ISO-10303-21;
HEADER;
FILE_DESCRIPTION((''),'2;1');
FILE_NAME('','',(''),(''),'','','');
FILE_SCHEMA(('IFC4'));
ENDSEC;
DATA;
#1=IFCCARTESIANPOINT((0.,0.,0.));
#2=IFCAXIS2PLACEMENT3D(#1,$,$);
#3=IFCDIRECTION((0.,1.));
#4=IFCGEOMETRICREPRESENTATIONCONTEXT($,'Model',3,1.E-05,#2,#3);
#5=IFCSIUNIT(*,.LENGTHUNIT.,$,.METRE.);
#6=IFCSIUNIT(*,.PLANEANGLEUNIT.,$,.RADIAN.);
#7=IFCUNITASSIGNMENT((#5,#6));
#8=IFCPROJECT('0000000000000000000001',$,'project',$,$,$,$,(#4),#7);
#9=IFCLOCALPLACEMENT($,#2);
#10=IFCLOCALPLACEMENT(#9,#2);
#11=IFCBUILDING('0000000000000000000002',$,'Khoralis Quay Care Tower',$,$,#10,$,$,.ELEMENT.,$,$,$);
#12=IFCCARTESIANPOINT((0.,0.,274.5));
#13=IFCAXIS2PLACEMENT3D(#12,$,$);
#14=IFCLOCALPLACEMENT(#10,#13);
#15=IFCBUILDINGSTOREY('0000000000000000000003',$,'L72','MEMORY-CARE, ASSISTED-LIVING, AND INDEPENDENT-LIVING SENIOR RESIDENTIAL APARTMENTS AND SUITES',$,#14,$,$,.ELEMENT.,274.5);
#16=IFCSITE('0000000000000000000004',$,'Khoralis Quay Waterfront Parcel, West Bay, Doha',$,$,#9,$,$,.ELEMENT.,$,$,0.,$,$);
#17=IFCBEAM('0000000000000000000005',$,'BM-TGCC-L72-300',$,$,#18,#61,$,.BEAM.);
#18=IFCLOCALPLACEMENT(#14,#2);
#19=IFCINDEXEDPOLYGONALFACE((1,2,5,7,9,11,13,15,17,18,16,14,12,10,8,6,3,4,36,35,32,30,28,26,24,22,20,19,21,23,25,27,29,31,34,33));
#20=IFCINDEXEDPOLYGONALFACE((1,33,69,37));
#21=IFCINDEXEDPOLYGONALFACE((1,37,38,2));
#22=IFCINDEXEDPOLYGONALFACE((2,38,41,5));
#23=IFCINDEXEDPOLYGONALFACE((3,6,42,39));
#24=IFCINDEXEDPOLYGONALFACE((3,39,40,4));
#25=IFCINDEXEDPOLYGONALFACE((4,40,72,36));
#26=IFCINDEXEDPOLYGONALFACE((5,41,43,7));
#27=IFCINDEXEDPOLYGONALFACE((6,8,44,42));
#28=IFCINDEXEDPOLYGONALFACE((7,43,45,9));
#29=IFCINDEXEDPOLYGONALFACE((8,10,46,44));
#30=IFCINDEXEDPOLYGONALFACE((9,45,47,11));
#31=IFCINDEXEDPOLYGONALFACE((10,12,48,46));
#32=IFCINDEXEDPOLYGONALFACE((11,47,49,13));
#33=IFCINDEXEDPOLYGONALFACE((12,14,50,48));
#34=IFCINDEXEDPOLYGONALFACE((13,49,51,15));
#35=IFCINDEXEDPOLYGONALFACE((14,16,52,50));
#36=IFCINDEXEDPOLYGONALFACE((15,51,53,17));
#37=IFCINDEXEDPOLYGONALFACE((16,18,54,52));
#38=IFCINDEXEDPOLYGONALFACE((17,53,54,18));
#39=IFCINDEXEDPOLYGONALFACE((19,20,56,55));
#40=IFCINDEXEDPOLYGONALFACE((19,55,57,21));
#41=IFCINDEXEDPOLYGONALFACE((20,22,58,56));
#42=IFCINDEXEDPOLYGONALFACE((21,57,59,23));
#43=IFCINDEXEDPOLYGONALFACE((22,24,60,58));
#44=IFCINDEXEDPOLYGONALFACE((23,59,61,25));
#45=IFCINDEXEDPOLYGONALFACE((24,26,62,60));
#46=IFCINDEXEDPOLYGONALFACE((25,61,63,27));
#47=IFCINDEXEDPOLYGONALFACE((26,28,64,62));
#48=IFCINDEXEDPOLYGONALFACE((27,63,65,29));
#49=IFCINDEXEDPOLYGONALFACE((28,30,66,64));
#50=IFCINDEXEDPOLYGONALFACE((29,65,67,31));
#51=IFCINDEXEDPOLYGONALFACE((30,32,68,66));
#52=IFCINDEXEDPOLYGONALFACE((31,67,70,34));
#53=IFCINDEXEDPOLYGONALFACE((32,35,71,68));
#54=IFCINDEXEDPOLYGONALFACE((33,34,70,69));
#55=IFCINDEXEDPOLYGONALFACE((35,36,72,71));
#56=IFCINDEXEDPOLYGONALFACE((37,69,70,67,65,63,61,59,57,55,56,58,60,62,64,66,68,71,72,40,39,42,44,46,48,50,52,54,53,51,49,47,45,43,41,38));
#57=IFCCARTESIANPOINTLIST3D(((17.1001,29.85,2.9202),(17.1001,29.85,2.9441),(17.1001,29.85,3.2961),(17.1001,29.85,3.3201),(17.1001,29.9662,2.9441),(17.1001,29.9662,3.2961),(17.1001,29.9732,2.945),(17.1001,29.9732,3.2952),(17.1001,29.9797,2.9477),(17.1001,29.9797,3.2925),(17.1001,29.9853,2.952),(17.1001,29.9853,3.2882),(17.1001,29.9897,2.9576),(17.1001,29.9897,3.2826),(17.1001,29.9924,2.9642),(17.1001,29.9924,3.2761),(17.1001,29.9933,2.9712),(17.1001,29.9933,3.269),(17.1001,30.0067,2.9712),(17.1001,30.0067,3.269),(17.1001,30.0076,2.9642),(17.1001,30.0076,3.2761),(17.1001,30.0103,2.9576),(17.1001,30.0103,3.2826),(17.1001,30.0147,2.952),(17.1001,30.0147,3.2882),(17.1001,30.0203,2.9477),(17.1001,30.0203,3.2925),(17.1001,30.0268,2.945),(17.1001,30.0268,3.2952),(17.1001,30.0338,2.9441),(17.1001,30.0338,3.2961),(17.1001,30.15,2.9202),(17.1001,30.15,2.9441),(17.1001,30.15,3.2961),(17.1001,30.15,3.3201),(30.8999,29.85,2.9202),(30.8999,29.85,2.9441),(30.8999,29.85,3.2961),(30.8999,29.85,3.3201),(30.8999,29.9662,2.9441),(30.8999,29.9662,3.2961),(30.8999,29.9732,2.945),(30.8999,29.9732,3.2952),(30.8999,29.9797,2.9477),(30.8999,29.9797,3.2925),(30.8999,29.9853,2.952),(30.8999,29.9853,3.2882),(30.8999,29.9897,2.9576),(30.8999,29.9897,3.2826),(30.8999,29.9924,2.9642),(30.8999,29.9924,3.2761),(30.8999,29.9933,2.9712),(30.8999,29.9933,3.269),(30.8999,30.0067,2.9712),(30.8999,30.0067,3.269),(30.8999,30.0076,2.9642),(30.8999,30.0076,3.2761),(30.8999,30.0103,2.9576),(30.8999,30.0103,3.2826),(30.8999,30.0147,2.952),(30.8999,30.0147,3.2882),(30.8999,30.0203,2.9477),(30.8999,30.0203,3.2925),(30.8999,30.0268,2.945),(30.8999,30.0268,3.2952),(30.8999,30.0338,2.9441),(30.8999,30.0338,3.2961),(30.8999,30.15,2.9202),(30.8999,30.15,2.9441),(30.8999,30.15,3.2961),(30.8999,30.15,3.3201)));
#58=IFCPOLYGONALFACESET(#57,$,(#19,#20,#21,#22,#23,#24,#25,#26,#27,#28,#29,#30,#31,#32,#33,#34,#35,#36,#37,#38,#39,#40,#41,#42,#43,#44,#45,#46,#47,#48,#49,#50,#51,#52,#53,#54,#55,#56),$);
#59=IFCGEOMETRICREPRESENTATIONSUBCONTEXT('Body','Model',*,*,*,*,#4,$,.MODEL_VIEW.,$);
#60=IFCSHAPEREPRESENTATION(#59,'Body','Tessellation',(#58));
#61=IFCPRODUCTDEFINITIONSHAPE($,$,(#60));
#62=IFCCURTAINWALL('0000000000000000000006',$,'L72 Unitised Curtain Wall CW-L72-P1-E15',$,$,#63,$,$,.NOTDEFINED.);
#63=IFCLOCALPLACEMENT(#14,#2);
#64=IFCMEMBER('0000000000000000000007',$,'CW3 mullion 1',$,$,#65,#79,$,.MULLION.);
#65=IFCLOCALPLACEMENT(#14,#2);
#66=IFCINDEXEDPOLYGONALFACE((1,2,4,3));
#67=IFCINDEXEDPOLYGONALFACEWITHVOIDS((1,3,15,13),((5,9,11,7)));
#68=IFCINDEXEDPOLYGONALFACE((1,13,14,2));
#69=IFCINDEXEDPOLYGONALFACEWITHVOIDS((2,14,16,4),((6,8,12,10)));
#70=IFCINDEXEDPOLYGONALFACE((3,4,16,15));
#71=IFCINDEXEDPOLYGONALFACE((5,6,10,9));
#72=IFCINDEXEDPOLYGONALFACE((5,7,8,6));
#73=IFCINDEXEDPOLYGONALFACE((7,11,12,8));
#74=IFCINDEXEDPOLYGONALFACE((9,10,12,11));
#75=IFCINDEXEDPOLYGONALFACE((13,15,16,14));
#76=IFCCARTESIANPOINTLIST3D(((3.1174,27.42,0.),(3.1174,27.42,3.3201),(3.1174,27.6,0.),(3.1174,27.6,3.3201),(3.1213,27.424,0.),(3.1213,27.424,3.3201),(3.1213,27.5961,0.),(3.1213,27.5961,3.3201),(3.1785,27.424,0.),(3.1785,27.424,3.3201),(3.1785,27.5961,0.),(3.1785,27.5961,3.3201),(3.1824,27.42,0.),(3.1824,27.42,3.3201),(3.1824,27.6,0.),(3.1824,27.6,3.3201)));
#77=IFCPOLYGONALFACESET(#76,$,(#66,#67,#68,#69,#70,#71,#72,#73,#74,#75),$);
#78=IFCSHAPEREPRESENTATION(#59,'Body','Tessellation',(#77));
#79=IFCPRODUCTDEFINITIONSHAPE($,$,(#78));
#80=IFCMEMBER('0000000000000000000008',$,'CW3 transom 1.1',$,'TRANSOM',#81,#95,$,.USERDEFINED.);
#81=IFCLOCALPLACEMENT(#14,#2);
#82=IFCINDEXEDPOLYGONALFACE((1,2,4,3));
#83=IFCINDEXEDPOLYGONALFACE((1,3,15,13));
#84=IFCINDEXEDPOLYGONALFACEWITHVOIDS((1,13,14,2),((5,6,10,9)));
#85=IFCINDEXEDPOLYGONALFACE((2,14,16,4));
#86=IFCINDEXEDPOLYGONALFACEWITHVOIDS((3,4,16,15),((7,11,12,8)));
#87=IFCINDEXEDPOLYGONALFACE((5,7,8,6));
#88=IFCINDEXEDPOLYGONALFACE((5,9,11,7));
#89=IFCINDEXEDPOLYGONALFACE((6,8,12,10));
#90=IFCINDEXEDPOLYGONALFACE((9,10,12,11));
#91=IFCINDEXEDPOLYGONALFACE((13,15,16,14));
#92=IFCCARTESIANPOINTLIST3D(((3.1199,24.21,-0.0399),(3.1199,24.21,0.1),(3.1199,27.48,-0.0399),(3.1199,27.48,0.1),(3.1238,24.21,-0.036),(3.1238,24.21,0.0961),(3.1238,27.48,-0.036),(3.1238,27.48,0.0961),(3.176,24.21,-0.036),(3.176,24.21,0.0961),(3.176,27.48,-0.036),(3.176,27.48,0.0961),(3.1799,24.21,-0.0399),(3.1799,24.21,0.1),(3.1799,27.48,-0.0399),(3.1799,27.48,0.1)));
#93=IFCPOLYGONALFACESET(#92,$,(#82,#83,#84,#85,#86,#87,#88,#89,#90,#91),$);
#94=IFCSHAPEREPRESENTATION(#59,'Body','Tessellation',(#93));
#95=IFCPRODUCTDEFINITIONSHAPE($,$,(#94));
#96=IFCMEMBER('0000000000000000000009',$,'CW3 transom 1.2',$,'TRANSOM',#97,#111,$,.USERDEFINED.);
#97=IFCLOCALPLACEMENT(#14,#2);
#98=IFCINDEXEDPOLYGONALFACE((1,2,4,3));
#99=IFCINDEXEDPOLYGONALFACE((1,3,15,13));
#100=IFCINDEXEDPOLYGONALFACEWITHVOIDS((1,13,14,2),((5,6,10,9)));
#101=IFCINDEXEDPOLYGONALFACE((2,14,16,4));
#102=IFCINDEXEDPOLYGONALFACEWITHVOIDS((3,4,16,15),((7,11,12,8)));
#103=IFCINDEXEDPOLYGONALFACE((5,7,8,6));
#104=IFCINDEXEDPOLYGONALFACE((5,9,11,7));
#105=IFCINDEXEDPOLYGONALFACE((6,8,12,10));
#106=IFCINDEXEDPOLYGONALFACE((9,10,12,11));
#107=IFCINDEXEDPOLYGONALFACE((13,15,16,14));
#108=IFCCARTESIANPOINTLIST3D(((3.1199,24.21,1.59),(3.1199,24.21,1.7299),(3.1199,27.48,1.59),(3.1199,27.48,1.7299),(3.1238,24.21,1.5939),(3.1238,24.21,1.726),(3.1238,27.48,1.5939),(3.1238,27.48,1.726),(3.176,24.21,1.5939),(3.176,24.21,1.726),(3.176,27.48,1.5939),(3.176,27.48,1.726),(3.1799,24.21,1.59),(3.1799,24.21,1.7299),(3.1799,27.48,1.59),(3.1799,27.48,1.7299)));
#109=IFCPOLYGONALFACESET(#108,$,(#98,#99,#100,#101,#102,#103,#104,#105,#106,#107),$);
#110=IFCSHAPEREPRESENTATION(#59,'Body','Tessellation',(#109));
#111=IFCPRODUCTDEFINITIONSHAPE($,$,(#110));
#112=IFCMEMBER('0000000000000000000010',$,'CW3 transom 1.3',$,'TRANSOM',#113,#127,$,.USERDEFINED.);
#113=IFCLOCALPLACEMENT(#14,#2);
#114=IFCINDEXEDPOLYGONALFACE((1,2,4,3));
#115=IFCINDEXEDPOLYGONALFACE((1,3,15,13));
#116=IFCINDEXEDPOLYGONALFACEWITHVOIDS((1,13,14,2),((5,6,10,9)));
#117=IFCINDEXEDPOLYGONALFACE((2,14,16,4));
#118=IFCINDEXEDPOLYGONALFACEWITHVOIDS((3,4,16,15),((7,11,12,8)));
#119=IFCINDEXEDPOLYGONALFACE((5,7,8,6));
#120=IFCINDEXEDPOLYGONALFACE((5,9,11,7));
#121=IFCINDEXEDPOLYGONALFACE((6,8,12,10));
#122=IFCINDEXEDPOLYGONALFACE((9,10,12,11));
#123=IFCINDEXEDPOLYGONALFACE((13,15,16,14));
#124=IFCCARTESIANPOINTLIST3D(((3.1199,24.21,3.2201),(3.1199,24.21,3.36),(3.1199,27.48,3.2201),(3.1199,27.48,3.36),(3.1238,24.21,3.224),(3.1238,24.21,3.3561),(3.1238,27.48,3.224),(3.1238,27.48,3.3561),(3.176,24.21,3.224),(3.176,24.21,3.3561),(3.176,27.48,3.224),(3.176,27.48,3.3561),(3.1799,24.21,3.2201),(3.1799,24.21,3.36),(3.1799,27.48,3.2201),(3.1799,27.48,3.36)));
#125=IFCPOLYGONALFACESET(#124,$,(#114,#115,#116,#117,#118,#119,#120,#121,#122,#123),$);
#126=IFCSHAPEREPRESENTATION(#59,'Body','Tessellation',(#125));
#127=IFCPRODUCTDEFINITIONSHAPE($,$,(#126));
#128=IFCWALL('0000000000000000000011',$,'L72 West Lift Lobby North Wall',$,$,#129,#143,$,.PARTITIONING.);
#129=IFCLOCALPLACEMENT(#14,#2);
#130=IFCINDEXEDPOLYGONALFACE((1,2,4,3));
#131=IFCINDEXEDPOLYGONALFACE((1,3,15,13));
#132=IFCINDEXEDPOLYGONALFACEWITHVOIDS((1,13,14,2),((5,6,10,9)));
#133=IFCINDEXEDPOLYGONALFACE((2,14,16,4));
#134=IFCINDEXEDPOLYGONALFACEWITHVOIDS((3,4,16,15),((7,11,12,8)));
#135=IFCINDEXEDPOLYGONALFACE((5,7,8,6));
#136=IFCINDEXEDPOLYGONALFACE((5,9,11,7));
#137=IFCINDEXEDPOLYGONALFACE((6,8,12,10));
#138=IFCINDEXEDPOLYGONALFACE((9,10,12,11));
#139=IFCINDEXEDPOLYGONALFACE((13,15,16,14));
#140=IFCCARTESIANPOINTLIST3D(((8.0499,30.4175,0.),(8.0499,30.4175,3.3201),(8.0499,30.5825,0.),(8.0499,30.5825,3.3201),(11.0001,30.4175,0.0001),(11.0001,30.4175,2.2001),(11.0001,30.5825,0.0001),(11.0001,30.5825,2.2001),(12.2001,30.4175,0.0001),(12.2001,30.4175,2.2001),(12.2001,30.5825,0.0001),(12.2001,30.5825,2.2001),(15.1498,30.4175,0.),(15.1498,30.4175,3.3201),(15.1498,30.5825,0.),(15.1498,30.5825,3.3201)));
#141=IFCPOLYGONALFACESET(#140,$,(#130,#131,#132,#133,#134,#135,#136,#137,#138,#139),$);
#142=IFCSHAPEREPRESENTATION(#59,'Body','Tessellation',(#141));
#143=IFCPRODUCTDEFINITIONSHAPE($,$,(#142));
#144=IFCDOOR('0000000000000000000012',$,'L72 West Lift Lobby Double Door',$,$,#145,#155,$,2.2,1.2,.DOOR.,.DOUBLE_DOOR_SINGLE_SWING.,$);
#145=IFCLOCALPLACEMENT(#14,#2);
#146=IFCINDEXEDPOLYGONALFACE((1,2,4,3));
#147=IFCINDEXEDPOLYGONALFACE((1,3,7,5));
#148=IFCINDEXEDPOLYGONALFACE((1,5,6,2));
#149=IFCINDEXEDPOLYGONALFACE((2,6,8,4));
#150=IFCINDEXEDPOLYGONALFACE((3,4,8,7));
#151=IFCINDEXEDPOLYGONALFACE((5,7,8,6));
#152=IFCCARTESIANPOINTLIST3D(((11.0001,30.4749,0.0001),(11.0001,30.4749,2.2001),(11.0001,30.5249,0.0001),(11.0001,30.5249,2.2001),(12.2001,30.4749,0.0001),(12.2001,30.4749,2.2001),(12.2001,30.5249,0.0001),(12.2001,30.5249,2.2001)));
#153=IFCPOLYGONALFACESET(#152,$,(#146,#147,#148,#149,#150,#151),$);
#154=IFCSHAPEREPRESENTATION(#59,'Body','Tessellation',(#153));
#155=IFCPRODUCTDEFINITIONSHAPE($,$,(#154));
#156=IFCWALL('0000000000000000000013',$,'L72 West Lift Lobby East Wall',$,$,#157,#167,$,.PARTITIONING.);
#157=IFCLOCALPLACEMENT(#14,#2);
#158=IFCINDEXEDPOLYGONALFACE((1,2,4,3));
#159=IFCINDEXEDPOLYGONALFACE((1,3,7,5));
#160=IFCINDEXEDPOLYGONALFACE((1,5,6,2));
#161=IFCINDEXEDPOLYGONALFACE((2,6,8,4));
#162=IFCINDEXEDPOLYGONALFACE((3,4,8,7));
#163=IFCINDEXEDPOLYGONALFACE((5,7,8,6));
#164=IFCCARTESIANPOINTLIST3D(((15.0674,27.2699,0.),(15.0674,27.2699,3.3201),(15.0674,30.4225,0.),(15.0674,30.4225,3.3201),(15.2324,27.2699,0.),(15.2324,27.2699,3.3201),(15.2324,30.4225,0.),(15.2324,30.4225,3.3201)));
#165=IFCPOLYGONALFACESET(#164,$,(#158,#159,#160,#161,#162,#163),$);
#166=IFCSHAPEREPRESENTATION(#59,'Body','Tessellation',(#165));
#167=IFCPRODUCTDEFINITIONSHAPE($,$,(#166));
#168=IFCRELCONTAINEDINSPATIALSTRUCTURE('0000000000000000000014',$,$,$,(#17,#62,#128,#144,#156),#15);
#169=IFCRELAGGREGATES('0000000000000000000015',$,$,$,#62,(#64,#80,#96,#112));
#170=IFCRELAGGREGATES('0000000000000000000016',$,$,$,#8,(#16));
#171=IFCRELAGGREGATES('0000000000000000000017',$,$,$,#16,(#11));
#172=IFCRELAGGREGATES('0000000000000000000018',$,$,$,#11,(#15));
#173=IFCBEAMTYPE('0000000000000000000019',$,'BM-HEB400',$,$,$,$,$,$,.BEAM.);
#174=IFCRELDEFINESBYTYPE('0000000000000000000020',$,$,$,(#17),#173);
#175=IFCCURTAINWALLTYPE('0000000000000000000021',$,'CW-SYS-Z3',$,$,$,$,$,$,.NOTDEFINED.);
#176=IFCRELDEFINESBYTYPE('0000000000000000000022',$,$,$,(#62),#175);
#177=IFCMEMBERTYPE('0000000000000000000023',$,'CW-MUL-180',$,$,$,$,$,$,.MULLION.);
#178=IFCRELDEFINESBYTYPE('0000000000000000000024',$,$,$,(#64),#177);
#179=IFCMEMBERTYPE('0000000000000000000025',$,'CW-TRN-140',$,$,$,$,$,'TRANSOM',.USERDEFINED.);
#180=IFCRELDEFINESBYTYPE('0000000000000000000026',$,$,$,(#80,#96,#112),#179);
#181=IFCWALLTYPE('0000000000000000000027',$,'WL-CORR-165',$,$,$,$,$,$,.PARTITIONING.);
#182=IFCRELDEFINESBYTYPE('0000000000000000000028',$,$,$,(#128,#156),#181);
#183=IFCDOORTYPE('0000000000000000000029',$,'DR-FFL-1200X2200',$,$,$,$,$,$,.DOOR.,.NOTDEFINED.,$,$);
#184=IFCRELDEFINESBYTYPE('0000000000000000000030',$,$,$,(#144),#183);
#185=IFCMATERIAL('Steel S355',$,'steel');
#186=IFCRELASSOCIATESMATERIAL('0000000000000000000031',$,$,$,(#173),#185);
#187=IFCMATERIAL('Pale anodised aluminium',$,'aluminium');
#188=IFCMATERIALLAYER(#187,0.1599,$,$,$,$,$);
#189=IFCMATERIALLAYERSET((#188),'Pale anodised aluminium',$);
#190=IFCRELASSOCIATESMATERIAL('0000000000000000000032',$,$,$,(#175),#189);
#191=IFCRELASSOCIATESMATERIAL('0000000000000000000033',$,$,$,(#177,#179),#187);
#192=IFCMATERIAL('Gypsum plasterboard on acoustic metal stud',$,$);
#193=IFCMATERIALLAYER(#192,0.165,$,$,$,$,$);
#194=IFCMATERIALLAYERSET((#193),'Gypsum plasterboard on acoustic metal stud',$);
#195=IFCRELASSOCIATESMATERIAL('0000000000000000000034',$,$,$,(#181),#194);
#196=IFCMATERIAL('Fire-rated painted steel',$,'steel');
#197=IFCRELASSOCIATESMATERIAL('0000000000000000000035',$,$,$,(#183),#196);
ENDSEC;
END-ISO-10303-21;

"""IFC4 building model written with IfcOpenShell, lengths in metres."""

from ifc_helpers import new_model, si_unit, direction, frame, frame_2d, origin, origin_2d, place, context, subcontext, project, spatial, rectangle, hollow_rectangle, i_section, extrude, source, transform, mapped, material, layer, layer_set, material_profile, profile_set, type_object, element, fill, aggregate, save


model = new_model("IFC4")

# Units and contexts
model_context = context("Model", 3, precision=1e-05, world=origin(), true_north=direction((0.0, 1.0)))
body_context = subcontext(model_context, "Body", "Model", "MODEL_VIEW")
ifc_project = project(units=[si_unit("LENGTHUNIT", "METRE"), si_unit("PLANEANGLEUNIT", "RADIAN")], contexts=[model_context])

# Site, building, storey
site_placement = place(None, origin())
site = spatial("IfcSite", under=ifc_project, at=site_placement, Name="Khoralis Quay Waterfront Parcel, West Bay, Doha", CompositionType="ELEMENT", RefElevation=0.0)
building_placement = place(site_placement, origin())
building = spatial("IfcBuilding", under=site, at=building_placement, Name="Khoralis Quay Care Tower", CompositionType="ELEMENT")
storey_placement = place(building_placement, frame((0.0, 0.0, 274.5)))
storey = spatial("IfcBuildingStorey", under=building, at=storey_placement, Name="L72", Description="MEMORY-CARE, ASSISTED-LIVING, AND INDEPENDENT-LIVING SENIOR RESIDENTIAL APARTMENTS AND SUITES", CompositionType="ELEMENT", Elevation=274.5)

# Beam
ifc_material_1 = material(Name="Steel S355", Category="steel")
ifc_material_profile_1 = material_profile(ifc_material_1, i_section(OverallWidth=0.3, OverallDepth=0.3999, WebThickness=0.0134, FlangeThickness=0.0239, FilletRadius=0.0271, at=origin_2d()), Name="Steel S355")
ifc_profile_set_1 = profile_set([ifc_material_profile_1], Name="Steel S355")
beam_type_1 = type_object("IfcBeamType", Name="BM-HEB400", PredefinedType="BEAM", material=ifc_profile_set_1)
shared_shape_1 = source(origin(), body_context, "Body", "SweptSolid", [
    extrude(i_section(OverallWidth=0.3, OverallDepth=0.3999, WebThickness=0.0134, FlangeThickness=0.0239, FilletRadius=0.0271, at=origin_2d()), origin(), (0.0, 0.0, 1.0), 13.7998),
])
beam_1_placement = place(storey_placement, frame((17.1001, 30.0, 3.1201), z_axis=(1.0, 0.0, 0.0), x_axis=(0.0, 1.0, 0.0)))
element("IfcBeam", 1, at=beam_1_placement, inside=storey, type_object=beam_type_1, Name="BM-TGCC-L72-300", PredefinedType="BEAM", context=body_context, shape_type="MappedRepresentation", body=[
    mapped(shared_shape_1, transform((0.0, 0.0, 0.0), scale=1.0)),
])

# Curtain wall, members
ifc_material_2 = material(Name="Pale anodised aluminium", Category="aluminium")
ifc_layer_1 = layer(ifc_material_2, 0.1599)
ifc_layer_set_1 = layer_set([ifc_layer_1], Name="Pale anodised aluminium")
curtain_wall_type = type_object("IfcCurtainWallType", Name="CW-SYS-Z3", PredefinedType="NOTDEFINED", material=ifc_layer_set_1)
curtain_wall_placement = place(storey_placement, origin())
curtain_wall = element("IfcCurtainWall", 2, at=curtain_wall_placement, inside=storey, type_object=curtain_wall_type, Name="L72 Unitised Curtain Wall CW-L72-P1-E15", PredefinedType="NOTDEFINED")
ifc_material_profile_2 = material_profile(ifc_material_2, hollow_rectangle(XDim=0.0649, YDim=0.1799, WallThickness=0.0039, at=origin_2d()), Name="Pale anodised aluminium")
ifc_profile_set_2 = profile_set([ifc_material_profile_2], Name="Pale anodised aluminium")
member_type_1 = type_object("IfcMemberType", Name="CW-MUL-180", PredefinedType="MULLION", material=ifc_profile_set_2)
shared_shape_2 = source(origin(), body_context, "Body", "SweptSolid", [
    extrude(hollow_rectangle(XDim=0.0649, YDim=0.1799, WallThickness=0.0039, at=origin_2d()), origin(), (0.0, 0.0, 1.0), 3.3201),
])
member_1_placement = place(storey_placement, frame((3.1499, 27.51, 0.0), z_axis=(0.0, 0.0, 1.0), x_axis=(1.0, 0.0, 0.0)))
member_1 = element("IfcMember", 3, at=member_1_placement, type_object=member_type_1, Name="CW3 mullion 1", PredefinedType="MULLION", context=body_context, shape_type="MappedRepresentation", body=[
    mapped(shared_shape_2, transform((0.0, 0.0, 0.0), scale=1.0)),
])
ifc_material_profile_3 = material_profile(ifc_material_2, hollow_rectangle(XDim=0.0601, YDim=0.1399, WallThickness=0.0039, at=origin_2d()), Name="Pale anodised aluminium")
ifc_profile_set_3 = profile_set([ifc_material_profile_3], Name="Pale anodised aluminium")
member_type_2 = type_object("IfcMemberType", Name="CW-TRN-140", ElementType="TRANSOM", PredefinedType="USERDEFINED", material=ifc_profile_set_3)
shared_shape_3 = source(origin(), body_context, "Body", "SweptSolid", [
    extrude(hollow_rectangle(XDim=0.0601, YDim=0.1399, WallThickness=0.0039, at=origin_2d()), origin(), (0.0, 0.0, 1.0), 3.27),
])
member_2_placement = place(storey_placement, frame((3.1499, 27.48, 0.03), z_axis=(0.0, -1.0, 0.0), x_axis=(1.0, 0.0, 0.0)))
member_2 = element("IfcMember", 4, at=member_2_placement, type_object=member_type_2, Name="CW3 transom 1.1", ObjectType="TRANSOM", PredefinedType="USERDEFINED", context=body_context, shape_type="MappedRepresentation", body=[
    mapped(shared_shape_3, transform((0.0, 0.0, 0.0), scale=1.0)),
])
member_3_placement = place(storey_placement, frame((3.1499, 27.48, 1.6599), z_axis=(0.0, -1.0, 0.0), x_axis=(1.0, 0.0, 0.0)))
member_3 = element("IfcMember", 5, at=member_3_placement, type_object=member_type_2, Name="CW3 transom 1.2", ObjectType="TRANSOM", PredefinedType="USERDEFINED", context=body_context, shape_type="MappedRepresentation", body=[
    mapped(shared_shape_3, transform((0.0, 0.0, 0.0), scale=1.0)),
])
member_4_placement = place(storey_placement, frame((3.1499, 27.48, 3.29), z_axis=(0.0, -1.0, 0.0), x_axis=(1.0, 0.0, 0.0)))
member_4 = element("IfcMember", 6, at=member_4_placement, type_object=member_type_2, Name="CW3 transom 1.3", ObjectType="TRANSOM", PredefinedType="USERDEFINED", context=body_context, shape_type="MappedRepresentation", body=[
    mapped(shared_shape_3, transform((0.0, 0.0, 0.0), scale=1.0)),
])
aggregate(curtain_wall, [member_1, member_2, member_3, member_4])

# Wall, opening, door
ifc_material_3 = material(Name="Gypsum plasterboard on acoustic metal stud")
ifc_layer_2 = layer(ifc_material_3, 0.165)
ifc_layer_set_2 = layer_set([ifc_layer_2], Name="Gypsum plasterboard on acoustic metal stud")
wall_type_1 = type_object("IfcWallType", Name="WL-CORR-165", PredefinedType="PARTITIONING", material=ifc_layer_set_2)
wall_1_placement = place(storey_placement, frame((8.05, 30.5, 0.0), z_axis=(0.0, 0.0, 1.0), x_axis=(1.0, 0.0, 0.0)))
wall_1 = element("IfcWall", 7, at=wall_1_placement, inside=storey, type_object=wall_type_1, Name="L72 West Lift Lobby North Wall", PredefinedType="PARTITIONING", context=body_context, shape_type="SweptSolid", body=[
    extrude(rectangle(XDim=7.0999, YDim=0.165, at=frame_2d((3.5498, 0.0))), origin(), (0.0, 0.0, 1.0), 3.3201),
])
opening_1_placement = place(wall_1_placement, frame((2.95, 0.0, 0.0)))
opening_1 = element("IfcOpeningElement", 8, at=opening_1_placement, cuts=wall_1, PredefinedType="OPENING", context=body_context, shape_type="SweptSolid", body=[
    extrude(rectangle(XDim=1.2, YDim=2.2, at=frame_2d((0.6001, 1.1001))), frame((0.0, 0.0925, 0.0), z_axis=(0.0, -1.0, 0.0), x_axis=(1.0, 0.0, 0.0)), (0.0, 0.0, 1.0), 0.1851),
])
ifc_material_4 = material(Name="Fire-rated painted steel", Category="steel")
door_type_1 = type_object("IfcDoorType", Name="DR-FFL-1200X2200", OperationType="NOTDEFINED", PredefinedType="DOOR", material=ifc_material_4)
shared_shape_4 = source(origin(), body_context, "Body", "SweptSolid", [
    extrude(rectangle(XDim=1.2, YDim=2.2, at=frame_2d((0.6001, 1.1001))), frame((0.0, 0.0249, 0.0), z_axis=(0.0, -1.0, 0.0), x_axis=(1.0, 0.0, 0.0)), (0.0, 0.0, 1.0), 0.05),
])
door_1_placement = place(opening_1_placement, origin())
door_1 = element("IfcDoor", 9, at=door_1_placement, inside=storey, type_object=door_type_1, Name="L72 West Lift Lobby Double Door", OperationType="DOUBLE_DOOR_SINGLE_SWING", OverallHeight=2.2, OverallWidth=1.2, PredefinedType="DOOR", context=body_context, shape_type="MappedRepresentation", body=[
    mapped(shared_shape_4, transform((0.0, 0.0, 0.0), scale=1.0)),
])
fill(opening_1, door_1)

# Wall
wall_2_placement = place(storey_placement, frame((15.1499, 27.27, 0.0), z_axis=(0.0, 0.0, 1.0), x_axis=(0.0, 1.0, 0.0)))
element("IfcWall", 10, at=wall_2_placement, inside=storey, type_object=wall_type_1, Name="L72 West Lift Lobby East Wall", PredefinedType="PARTITIONING", context=body_context, shape_type="SweptSolid", body=[
    extrude(rectangle(XDim=3.1526, YDim=0.165, at=frame_2d((1.5762, 0.0))), origin(), (0.0, 0.0, 1.0), 3.3201),
])

save(model, "model.ifc")
